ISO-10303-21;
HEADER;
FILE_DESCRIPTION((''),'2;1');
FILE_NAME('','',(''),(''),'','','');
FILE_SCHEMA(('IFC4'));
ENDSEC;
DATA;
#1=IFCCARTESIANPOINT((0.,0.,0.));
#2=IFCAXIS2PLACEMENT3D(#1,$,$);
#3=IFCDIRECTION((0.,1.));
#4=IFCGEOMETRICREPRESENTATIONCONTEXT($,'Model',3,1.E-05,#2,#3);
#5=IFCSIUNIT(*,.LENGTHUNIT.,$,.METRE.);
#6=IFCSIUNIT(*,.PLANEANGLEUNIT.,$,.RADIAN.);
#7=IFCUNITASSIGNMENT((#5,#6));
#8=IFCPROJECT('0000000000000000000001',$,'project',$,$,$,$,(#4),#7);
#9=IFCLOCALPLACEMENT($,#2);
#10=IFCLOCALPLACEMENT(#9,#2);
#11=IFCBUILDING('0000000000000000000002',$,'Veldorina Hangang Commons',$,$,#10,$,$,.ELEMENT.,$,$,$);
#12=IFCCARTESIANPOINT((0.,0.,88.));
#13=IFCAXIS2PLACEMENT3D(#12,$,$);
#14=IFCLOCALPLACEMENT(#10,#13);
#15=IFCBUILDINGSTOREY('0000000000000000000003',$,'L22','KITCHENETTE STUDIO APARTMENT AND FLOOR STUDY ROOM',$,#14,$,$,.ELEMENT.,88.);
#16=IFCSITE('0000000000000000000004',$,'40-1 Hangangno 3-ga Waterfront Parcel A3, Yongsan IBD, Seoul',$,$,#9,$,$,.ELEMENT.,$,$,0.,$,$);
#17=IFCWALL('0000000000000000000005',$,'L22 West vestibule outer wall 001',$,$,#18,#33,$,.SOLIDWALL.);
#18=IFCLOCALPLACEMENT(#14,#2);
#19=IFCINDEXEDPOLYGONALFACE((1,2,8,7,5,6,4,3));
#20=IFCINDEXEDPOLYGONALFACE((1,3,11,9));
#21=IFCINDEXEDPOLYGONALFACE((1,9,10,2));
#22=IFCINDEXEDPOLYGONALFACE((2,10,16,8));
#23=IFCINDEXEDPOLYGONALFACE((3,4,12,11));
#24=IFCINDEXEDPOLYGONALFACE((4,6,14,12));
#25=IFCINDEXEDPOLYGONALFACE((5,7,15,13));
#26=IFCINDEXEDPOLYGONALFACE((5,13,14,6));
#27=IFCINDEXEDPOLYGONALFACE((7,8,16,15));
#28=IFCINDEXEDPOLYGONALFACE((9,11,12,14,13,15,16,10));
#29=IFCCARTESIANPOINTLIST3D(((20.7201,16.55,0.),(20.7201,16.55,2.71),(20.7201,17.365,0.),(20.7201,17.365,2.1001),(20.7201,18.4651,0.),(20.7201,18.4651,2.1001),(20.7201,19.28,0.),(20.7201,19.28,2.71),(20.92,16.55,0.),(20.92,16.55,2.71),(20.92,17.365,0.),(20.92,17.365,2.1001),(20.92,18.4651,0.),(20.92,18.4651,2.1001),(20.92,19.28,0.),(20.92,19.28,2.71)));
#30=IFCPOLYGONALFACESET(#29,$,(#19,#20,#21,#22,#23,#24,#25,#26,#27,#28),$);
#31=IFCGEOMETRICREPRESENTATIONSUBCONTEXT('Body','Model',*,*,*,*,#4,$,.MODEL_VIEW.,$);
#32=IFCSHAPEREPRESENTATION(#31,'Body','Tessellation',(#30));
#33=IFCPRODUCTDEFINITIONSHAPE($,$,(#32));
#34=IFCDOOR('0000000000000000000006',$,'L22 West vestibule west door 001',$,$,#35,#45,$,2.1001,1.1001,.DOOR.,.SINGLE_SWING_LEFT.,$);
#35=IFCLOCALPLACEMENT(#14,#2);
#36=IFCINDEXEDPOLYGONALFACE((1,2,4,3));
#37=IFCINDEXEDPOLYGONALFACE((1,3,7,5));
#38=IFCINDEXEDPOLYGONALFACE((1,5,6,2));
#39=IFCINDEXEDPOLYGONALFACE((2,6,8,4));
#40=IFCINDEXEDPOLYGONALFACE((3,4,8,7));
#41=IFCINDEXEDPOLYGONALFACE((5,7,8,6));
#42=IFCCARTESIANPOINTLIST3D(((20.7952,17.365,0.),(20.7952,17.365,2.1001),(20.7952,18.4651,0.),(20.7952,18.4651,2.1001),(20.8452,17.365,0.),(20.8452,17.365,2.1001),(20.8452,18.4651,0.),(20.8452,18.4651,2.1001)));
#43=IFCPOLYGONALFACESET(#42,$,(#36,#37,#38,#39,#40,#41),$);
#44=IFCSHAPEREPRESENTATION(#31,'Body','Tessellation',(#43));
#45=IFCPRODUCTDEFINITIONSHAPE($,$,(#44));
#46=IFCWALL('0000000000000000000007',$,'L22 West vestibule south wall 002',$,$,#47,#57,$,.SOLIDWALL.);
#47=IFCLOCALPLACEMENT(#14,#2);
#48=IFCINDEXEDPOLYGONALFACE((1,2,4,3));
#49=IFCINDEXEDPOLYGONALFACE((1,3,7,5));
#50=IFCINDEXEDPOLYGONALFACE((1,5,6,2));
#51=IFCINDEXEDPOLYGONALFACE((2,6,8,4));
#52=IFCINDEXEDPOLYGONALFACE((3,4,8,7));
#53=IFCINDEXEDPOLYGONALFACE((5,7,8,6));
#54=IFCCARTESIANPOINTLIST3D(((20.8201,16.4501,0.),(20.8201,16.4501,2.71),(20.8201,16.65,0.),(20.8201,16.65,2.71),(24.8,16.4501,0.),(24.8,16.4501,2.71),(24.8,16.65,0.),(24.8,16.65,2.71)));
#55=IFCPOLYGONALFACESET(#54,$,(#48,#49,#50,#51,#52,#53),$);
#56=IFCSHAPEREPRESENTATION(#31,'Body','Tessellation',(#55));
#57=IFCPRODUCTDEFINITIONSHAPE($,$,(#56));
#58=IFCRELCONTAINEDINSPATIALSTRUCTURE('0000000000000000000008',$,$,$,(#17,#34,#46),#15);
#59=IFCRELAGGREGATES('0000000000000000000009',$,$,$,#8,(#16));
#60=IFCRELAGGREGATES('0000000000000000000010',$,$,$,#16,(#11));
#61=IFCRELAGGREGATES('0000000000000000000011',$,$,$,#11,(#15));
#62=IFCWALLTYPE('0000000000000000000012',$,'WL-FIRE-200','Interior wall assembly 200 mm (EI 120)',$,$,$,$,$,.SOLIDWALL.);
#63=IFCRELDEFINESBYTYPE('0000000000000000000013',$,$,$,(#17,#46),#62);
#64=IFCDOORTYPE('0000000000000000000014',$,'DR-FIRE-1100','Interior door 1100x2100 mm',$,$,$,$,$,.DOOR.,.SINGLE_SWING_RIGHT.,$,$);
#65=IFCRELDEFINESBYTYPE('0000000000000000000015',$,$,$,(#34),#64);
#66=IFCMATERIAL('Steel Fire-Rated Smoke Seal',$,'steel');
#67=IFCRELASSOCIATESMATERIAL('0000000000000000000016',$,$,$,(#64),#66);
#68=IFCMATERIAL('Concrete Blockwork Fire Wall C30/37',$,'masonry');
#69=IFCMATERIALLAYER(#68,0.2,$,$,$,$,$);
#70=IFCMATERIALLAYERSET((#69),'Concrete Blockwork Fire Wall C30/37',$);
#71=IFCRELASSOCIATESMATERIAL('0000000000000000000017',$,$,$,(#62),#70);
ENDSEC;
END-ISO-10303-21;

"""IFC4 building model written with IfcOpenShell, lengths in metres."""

from ifc_helpers import new_model, si_unit, direction, frame, frame_2d, origin, place, context, subcontext, project, spatial, rectangle, extrude, material, layer, layer_set, type_object, element, fill, save


model = new_model("IFC4")

# Units and contexts
model_context = context("Model", 3, precision=1e-05, world=origin(), true_north=direction((0.0, 1.0)))
body_context = subcontext(model_context, "Body", "Model", "MODEL_VIEW")
ifc_project = project(units=[si_unit("LENGTHUNIT", "METRE"), si_unit("PLANEANGLEUNIT", "RADIAN")], contexts=[model_context])

# Site, building, storey
site_placement = place(None, origin())
site = spatial("IfcSite", under=ifc_project, at=site_placement, Name="40-1 Hangangno 3-ga Waterfront Parcel A3, Yongsan IBD, Seoul", CompositionType="ELEMENT", RefElevation=0.0)
building_placement = place(site_placement, origin())
building = spatial("IfcBuilding", under=site, at=building_placement, Name="Veldorina Hangang Commons", CompositionType="ELEMENT")
storey_placement = place(building_placement, frame((0.0, 0.0, 88.0)))
storey = spatial("IfcBuildingStorey", under=building, at=storey_placement, Name="L22", Description="KITCHENETTE STUDIO APARTMENT AND FLOOR STUDY ROOM", CompositionType="ELEMENT", Elevation=88.0)

# Shared definitions
ifc_material_1 = material(Name="Steel Fire-Rated Smoke Seal", Category="steel")
door_type_1 = type_object("IfcDoorType", Name="DR-FIRE-1100", Description="Interior door 1100x2100 mm", OperationType="SINGLE_SWING_RIGHT", PredefinedType="DOOR", material=ifc_material_1)

# Wall, opening, door
ifc_material_2 = material(Name="Concrete Blockwork Fire Wall C30/37", Category="masonry")
ifc_layer_1 = layer(ifc_material_2, 0.2)
ifc_layer_set_1 = layer_set([ifc_layer_1], Name="Concrete Blockwork Fire Wall C30/37")
wall_type_1 = type_object("IfcWallType", Name="WL-FIRE-200", Description="Interior wall assembly 200 mm (EI 120)", PredefinedType="SOLIDWALL", material=ifc_layer_set_1)
wall_1_placement = place(storey_placement, frame((20.8201, 16.55, 0.0), z_axis=(0.0, 0.0, 1.0), x_axis=(0.0, 1.0, 0.0)))
wall_1 = element("IfcWall", 1, at=wall_1_placement, inside=storey, type_object=wall_type_1, Name="L22 West vestibule outer wall 001", PredefinedType="SOLIDWALL", context=body_context, shape_type="SweptSolid", body=[
    extrude(rectangle(XDim=2.73, YDim=0.2, at=frame_2d((1.365, 0.0))), origin(), (0.0, 0.0, 1.0), 2.71),
])
opening_1_placement = place(wall_1_placement, frame((0.8149, 0.0, 0.0)))
opening_1 = element("IfcOpeningElement", 2, at=opening_1_placement, cuts=wall_1, PredefinedType="OPENING", context=body_context, shape_type="SweptSolid", body=[
    extrude(rectangle(XDim=1.1001, YDim=2.1001, at=frame_2d((0.55, 1.05))), frame((0.0, 0.1099, 0.0), z_axis=(0.0, -1.0, 0.0), x_axis=(1.0, 0.0, 0.0)), (0.0, 0.0, 1.0), 0.22),
])
door_1_placement = place(opening_1_placement, origin())
door_1 = element("IfcDoor", 3, at=door_1_placement, inside=storey, type_object=door_type_1, Name="L22 West vestibule west door 001", OperationType="SINGLE_SWING_LEFT", OverallHeight=2.1001, OverallWidth=1.1001, PredefinedType="DOOR", context=body_context, shape_type="SweptSolid", body=[
    extrude(rectangle(XDim=1.1001, YDim=2.1001, at=frame_2d((0.55, 1.05))), frame((0.0, 0.0249, 0.0), z_axis=(0.0, -1.0, 0.0), x_axis=(1.0, 0.0, 0.0)), (0.0, 0.0, 1.0), 0.05),
])
fill(opening_1, door_1)

# Wall
wall_2_placement = place(storey_placement, frame((20.8201, 16.55, 0.0), z_axis=(0.0, 0.0, 1.0), x_axis=(1.0, 0.0, 0.0)))
element("IfcWall", 4, at=wall_2_placement, inside=storey, type_object=wall_type_1, Name="L22 West vestibule south wall 002", PredefinedType="SOLIDWALL", context=body_context, shape_type="SweptSolid", body=[
    extrude(rectangle(XDim=3.98, YDim=0.2, at=frame_2d((1.99, 0.0))), origin(), (0.0, 0.0, 1.0), 2.71),
])

save(model, "model.ifc")
